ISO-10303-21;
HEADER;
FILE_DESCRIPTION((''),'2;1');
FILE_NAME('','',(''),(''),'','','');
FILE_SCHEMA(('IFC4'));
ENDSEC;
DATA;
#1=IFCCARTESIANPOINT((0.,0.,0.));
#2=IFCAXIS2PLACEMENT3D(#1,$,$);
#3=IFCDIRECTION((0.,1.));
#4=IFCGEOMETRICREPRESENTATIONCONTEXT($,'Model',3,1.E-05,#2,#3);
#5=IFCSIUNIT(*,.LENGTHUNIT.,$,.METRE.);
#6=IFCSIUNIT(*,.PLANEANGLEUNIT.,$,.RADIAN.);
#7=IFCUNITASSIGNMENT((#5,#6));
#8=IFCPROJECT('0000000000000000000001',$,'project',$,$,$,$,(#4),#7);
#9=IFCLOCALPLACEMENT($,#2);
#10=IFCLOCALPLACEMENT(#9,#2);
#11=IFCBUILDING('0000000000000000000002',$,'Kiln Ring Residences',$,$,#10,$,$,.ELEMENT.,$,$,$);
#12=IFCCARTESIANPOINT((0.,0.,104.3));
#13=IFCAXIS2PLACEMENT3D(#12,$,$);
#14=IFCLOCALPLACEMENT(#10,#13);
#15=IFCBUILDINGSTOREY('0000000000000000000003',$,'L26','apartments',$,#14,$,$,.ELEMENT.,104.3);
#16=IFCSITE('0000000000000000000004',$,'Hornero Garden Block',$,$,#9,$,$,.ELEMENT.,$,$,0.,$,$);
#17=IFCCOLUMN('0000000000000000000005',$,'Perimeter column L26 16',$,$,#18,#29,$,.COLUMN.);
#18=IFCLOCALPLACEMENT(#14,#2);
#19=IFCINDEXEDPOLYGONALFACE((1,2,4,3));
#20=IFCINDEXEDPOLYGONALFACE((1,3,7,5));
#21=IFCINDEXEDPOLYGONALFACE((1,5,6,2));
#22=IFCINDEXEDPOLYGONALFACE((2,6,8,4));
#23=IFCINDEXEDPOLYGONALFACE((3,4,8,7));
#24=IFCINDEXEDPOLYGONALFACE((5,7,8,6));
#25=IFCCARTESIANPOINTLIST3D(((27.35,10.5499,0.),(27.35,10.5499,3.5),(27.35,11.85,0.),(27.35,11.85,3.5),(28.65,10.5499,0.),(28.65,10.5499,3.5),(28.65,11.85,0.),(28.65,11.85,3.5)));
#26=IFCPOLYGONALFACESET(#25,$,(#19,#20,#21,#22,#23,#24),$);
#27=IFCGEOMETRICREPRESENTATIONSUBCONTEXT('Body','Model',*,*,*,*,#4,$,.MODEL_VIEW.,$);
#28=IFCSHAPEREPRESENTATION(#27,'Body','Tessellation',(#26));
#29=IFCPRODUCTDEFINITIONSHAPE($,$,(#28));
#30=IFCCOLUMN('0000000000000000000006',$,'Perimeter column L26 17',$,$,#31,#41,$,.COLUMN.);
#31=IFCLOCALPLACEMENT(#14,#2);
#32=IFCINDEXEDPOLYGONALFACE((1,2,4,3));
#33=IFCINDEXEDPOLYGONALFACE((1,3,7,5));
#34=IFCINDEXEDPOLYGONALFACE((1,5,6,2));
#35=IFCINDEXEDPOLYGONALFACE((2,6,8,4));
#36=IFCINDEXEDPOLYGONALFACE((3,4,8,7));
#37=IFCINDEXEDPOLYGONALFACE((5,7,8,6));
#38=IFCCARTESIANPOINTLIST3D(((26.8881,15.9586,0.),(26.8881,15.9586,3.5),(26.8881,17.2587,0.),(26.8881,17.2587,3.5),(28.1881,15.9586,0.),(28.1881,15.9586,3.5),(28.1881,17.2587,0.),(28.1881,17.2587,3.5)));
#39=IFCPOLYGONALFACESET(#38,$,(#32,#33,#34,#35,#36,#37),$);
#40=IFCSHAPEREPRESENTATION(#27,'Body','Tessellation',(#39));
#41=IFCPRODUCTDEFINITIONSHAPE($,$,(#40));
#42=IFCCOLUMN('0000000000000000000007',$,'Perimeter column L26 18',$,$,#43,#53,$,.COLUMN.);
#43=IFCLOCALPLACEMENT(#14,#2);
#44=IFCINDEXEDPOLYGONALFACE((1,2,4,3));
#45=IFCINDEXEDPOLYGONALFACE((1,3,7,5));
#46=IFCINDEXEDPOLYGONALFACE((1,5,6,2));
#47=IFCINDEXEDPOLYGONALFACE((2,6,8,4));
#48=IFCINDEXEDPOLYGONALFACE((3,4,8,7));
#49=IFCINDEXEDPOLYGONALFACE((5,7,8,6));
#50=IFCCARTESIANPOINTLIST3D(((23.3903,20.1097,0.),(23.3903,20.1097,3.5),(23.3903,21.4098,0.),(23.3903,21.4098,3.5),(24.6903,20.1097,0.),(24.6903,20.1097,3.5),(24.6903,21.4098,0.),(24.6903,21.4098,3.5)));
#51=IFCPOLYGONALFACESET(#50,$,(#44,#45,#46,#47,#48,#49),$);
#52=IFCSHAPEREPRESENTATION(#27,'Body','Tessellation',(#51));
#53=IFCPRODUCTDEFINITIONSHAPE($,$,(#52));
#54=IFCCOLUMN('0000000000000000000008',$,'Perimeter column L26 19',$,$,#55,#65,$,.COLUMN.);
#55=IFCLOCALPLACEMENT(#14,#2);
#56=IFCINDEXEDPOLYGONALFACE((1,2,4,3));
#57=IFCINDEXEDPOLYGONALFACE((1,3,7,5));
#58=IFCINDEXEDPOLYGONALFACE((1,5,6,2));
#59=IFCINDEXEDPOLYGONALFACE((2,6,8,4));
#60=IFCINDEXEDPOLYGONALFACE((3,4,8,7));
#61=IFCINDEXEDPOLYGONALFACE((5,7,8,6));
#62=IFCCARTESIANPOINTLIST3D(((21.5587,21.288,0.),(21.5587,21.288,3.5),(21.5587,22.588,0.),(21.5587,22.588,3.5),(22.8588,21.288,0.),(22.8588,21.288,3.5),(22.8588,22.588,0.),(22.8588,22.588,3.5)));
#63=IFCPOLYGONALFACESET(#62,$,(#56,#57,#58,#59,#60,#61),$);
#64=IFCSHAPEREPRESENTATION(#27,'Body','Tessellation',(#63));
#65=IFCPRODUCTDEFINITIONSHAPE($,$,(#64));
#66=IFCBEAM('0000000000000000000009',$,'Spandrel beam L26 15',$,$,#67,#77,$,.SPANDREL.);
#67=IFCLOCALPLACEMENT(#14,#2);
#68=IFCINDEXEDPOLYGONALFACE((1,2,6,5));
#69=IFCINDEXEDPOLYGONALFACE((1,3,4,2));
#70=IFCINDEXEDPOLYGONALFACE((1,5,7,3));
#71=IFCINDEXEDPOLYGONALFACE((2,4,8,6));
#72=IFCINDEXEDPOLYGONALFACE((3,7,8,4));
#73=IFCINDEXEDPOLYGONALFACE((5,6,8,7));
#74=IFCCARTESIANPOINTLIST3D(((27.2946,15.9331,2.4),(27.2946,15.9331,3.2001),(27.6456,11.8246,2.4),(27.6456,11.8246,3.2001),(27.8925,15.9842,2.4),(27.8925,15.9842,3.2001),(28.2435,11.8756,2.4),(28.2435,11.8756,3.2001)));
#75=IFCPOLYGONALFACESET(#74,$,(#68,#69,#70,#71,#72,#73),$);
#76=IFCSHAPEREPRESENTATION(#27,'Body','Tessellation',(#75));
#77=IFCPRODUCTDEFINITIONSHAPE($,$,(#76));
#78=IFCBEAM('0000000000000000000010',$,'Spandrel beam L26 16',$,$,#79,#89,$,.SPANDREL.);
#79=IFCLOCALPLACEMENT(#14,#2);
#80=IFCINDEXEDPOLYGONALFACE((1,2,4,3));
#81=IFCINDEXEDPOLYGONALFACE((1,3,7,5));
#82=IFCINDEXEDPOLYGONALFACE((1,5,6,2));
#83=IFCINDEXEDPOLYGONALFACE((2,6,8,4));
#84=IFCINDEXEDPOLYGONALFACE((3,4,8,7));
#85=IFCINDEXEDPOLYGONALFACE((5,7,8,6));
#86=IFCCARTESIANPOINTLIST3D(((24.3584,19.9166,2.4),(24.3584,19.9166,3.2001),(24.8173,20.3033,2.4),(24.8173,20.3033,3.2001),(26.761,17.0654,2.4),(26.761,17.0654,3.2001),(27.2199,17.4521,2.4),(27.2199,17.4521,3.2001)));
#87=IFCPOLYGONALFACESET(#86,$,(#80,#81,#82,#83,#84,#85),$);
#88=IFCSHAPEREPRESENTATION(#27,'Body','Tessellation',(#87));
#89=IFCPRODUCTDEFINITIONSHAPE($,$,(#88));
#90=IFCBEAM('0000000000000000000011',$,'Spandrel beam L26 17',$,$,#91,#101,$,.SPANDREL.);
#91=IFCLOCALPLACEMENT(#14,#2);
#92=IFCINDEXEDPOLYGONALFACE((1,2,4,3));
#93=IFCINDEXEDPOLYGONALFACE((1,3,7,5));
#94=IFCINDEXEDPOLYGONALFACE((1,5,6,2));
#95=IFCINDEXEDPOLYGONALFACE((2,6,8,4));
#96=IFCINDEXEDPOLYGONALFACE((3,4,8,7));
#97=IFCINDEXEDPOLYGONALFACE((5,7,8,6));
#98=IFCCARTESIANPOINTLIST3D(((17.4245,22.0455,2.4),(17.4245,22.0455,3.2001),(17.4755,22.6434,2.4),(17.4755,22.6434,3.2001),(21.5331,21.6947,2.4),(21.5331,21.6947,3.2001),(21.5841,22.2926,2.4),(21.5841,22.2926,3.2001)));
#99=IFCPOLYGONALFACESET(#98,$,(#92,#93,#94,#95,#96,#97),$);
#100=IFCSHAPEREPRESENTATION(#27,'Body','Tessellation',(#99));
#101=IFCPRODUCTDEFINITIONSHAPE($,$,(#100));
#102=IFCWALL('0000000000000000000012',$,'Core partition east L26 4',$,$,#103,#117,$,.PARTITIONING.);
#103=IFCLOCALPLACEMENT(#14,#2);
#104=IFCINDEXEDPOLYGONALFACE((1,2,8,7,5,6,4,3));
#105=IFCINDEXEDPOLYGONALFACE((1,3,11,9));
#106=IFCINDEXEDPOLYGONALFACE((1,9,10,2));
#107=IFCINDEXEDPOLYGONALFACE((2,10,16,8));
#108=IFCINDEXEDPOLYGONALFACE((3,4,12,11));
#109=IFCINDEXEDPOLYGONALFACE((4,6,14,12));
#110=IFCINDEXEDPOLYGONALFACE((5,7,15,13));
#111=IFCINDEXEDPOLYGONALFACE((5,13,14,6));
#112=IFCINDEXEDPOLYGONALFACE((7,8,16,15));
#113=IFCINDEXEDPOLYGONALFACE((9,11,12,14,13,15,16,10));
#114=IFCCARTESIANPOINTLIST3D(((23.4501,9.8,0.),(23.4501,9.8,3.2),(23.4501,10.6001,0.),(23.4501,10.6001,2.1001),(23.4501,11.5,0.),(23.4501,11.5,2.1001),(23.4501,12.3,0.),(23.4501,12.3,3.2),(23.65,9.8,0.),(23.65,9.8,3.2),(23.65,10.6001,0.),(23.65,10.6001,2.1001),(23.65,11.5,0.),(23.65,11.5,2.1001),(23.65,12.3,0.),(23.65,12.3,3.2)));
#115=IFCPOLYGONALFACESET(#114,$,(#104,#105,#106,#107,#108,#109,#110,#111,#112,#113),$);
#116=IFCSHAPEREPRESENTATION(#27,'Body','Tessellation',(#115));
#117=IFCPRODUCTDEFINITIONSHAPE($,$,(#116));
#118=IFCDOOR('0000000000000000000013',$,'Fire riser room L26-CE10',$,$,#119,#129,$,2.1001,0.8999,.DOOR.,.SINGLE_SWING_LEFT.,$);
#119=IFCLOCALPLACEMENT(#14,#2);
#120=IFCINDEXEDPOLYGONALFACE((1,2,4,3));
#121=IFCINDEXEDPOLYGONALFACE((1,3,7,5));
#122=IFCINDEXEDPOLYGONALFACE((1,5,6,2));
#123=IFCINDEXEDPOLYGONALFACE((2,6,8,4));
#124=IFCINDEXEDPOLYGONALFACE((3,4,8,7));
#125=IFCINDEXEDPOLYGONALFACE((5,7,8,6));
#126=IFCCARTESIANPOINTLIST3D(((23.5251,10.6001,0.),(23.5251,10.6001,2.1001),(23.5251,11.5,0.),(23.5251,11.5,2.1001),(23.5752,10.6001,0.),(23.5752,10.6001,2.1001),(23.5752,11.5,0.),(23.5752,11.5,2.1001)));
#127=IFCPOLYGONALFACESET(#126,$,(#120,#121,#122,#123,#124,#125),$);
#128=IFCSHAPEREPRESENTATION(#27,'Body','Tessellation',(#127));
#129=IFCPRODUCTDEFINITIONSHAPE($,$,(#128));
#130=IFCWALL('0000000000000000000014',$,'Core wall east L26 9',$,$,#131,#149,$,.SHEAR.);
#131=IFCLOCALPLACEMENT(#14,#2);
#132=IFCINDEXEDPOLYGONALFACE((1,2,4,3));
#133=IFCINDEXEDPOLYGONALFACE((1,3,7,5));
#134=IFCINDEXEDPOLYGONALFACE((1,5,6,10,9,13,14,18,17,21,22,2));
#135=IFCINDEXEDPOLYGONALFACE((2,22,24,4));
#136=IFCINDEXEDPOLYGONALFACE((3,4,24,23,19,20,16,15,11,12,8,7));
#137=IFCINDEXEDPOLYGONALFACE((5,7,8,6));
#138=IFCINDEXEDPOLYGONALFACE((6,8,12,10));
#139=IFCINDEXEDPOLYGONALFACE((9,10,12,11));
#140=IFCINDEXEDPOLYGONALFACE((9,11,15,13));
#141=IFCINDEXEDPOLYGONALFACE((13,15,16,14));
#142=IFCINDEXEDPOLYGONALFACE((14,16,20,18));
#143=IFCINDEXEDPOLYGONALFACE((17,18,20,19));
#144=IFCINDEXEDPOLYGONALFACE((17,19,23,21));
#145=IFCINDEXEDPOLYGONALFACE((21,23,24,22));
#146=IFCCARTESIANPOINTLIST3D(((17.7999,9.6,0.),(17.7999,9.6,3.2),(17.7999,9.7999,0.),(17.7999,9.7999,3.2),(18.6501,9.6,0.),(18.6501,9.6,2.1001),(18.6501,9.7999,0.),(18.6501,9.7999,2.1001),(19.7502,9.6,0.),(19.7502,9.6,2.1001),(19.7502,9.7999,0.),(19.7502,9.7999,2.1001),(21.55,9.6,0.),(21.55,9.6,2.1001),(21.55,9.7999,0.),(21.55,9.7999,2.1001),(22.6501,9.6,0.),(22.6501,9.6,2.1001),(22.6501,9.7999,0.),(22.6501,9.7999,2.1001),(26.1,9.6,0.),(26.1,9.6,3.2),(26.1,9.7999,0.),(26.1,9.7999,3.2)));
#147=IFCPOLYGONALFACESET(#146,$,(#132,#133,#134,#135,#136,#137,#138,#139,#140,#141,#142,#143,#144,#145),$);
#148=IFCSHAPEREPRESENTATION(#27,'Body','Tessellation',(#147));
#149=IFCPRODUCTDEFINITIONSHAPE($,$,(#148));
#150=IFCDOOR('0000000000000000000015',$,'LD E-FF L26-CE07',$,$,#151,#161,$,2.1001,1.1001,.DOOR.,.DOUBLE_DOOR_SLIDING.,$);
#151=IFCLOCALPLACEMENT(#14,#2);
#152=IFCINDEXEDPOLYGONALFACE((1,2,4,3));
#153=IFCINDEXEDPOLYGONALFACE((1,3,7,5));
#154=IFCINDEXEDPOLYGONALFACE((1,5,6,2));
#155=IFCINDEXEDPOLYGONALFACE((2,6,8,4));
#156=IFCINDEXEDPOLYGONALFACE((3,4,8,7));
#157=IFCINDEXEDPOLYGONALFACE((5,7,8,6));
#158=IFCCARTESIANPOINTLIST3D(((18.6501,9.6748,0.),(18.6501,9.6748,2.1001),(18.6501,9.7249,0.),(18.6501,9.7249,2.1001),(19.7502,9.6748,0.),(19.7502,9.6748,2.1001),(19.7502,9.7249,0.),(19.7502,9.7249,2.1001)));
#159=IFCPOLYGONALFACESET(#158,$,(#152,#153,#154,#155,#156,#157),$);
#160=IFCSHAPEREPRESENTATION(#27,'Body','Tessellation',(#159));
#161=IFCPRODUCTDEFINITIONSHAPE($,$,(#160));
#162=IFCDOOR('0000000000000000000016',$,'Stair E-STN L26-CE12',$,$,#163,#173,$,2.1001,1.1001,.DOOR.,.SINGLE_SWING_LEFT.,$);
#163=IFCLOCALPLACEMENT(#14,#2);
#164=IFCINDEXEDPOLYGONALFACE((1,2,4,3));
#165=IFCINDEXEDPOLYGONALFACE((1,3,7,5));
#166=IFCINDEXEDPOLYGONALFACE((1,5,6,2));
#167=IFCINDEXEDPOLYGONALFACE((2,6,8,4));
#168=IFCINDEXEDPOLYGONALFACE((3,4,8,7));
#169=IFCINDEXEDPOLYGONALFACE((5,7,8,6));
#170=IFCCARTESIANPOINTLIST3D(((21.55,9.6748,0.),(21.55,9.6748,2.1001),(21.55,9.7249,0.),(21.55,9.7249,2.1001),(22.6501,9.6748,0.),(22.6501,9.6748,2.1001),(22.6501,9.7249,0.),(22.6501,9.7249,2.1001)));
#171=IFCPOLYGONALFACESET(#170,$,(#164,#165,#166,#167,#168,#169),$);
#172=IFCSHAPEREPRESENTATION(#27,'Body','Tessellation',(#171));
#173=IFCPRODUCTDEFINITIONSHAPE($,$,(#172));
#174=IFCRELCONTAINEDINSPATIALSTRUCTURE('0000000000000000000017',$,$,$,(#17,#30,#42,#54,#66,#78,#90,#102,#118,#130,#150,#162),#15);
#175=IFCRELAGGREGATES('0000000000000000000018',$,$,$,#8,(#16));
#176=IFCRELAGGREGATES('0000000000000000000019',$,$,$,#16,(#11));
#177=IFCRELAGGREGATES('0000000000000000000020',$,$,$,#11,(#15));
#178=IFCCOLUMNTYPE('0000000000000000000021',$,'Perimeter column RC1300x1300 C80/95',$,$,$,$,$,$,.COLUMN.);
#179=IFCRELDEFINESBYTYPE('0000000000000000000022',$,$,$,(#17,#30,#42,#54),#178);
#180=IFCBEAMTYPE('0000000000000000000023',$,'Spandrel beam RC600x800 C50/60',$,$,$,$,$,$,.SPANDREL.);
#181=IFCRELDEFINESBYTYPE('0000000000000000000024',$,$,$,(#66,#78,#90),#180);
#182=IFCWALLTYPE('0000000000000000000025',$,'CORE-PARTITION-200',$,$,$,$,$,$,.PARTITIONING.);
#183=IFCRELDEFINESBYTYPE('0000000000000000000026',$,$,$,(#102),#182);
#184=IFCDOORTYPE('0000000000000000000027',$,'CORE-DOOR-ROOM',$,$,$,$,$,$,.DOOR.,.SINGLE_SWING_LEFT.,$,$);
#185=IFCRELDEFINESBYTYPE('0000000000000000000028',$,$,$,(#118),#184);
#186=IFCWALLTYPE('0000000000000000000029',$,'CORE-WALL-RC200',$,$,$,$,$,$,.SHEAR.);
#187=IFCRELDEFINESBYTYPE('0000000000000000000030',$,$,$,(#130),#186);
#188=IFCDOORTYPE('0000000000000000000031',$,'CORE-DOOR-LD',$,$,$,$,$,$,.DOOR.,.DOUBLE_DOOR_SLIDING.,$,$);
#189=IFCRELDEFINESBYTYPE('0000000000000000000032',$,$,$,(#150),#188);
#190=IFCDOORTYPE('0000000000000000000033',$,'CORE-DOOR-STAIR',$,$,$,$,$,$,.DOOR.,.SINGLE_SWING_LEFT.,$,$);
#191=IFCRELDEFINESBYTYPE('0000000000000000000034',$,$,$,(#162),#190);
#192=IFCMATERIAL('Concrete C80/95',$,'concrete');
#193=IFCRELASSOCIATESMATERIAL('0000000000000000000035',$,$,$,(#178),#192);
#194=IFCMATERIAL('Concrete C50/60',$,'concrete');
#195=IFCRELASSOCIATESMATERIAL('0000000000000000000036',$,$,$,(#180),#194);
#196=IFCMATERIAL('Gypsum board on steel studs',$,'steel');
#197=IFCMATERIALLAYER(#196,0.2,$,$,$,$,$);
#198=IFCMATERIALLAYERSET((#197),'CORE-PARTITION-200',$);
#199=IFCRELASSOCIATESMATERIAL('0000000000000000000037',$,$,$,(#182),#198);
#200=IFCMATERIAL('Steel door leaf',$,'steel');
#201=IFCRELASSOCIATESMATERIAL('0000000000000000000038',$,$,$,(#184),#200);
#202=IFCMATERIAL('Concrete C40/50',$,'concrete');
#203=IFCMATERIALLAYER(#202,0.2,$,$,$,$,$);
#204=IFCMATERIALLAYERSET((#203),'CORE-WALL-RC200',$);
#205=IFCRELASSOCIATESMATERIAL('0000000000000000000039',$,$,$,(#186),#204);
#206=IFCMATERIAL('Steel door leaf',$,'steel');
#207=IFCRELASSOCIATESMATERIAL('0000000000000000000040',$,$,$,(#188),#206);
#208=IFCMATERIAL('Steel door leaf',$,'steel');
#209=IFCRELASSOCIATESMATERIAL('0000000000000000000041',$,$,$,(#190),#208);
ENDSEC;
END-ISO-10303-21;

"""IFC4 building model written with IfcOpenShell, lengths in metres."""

from ifc_helpers import new_model, si_unit, direction, frame, frame_2d, origin, origin_2d, place, context, subcontext, project, spatial, rectangle, extrude, material, layer, layer_set, material_profile, profile_set, type_object, element, fill, save


model = new_model("IFC4")

# Units and contexts
model_context = context("Model", 3, precision=1e-05, world=origin(), true_north=direction((0.0, 1.0)))
body_context = subcontext(model_context, "Body", "Model", "MODEL_VIEW")
ifc_project = project(units=[si_unit("LENGTHUNIT", "METRE"), si_unit("PLANEANGLEUNIT", "RADIAN")], contexts=[model_context])

# Site, building, storey
site_placement = place(None, origin())
site = spatial("IfcSite", under=ifc_project, at=site_placement, Name="Hornero Garden Block", CompositionType="ELEMENT", RefElevation=0.0)
building_placement = place(site_placement, origin())
building = spatial("IfcBuilding", under=site, at=building_placement, Name="Kiln Ring Residences", CompositionType="ELEMENT")
storey_placement = place(building_placement, frame((0.0, 0.0, 104.3)))
storey = spatial("IfcBuildingStorey", under=building, at=storey_placement, Name="L26", Description="apartments", CompositionType="ELEMENT", Elevation=104.3)

# Columns
ifc_material_1 = material(Name="Concrete C80/95", Category="concrete")
ifc_material_profile_1 = material_profile(ifc_material_1, rectangle(XDim=1.3, YDim=1.3, at=origin_2d()), Name="RC1300x1300")
ifc_profile_set_1 = profile_set([ifc_material_profile_1], Name="Concrete C80/95")
column_type = type_object("IfcColumnType", Name="Perimeter column RC1300x1300 C80/95", PredefinedType="COLUMN", material=ifc_profile_set_1)
for number, where, z_axis, x_axis, name in (
    (1, (28.0, 11.2, 0.0), (0.0, 0.0, 1.0), (1.0, 0.0, 0.0), "Perimeter column L26 16"),
    (2, (27.5381, 16.6086, 0.0), (0.0, 0.0, 1.0), (1.0, 0.0, 0.0), "Perimeter column L26 17"),
    (3, (24.0403, 20.7598, 0.0), (0.0, 0.0, 1.0), (1.0, 0.0, 0.0), "Perimeter column L26 18"),
    (4, (22.2087, 21.938, 0.0), (0.0, 0.0, 1.0), (1.0, 0.0, 0.0), "Perimeter column L26 19"),
):
    element("IfcColumn", number, at=place(storey_placement, frame(where, z_axis=z_axis, x_axis=x_axis)), inside=storey, type_object=column_type, Name=name, PredefinedType="COLUMN", context=body_context, shape_type="SweptSolid", body=[
        extrude(rectangle(XDim=1.3, YDim=1.3, at=origin_2d()), origin(), (0.0, 0.0, 1.0), 3.5),
    ])

# Beams
ifc_material_2 = material(Name="Concrete C50/60", Category="concrete")
ifc_material_profile_2 = material_profile(ifc_material_2, rectangle(XDim=0.6001, YDim=0.8, at=origin_2d()), Name="RC600x800")
ifc_profile_set_2 = profile_set([ifc_material_profile_2], Name="Concrete C50/60")
beam_type = type_object("IfcBeamType", Name="Spandrel beam RC600x800 C50/60", PredefinedType="SPANDREL", material=ifc_profile_set_2)
beam_1_placement = place(storey_placement, frame((27.9446, 11.8501, 2.8), z_axis=(-0.085137, 0.996369, 0.0), x_axis=(-0.996369, -0.085137, 0.0)))
element("IfcBeam", 5, at=beam_1_placement, inside=storey, type_object=beam_type, Name="Spandrel beam L26 15", PredefinedType="SPANDREL", context=body_context, shape_type="SweptSolid", body=[
    extrude(rectangle(XDim=0.6001, YDim=0.8, at=origin_2d()), origin(), (0.0, 0.0, 1.0), 4.1235),
])
beam_2_placement = place(storey_placement, frame((26.9905, 17.2588, 2.8), z_axis=(-0.6444, 0.764689, 0.0), x_axis=(-0.764689, -0.6444, 0.0)))
element("IfcBeam", 6, at=beam_2_placement, inside=storey, type_object=beam_type, Name="Spandrel beam L26 16", PredefinedType="SPANDREL", context=body_context, shape_type="SweptSolid", body=[
    extrude(rectangle(XDim=0.6001, YDim=0.8, at=origin_2d()), origin(), (0.0, 0.0, 1.0), 3.7285),
])
beam_3_placement = place(storey_placement, frame((21.5586, 21.9937, 2.8), z_axis=(-0.996374, 0.085079, 0.0), x_axis=(-0.085079, -0.996374, 0.0)))
element("IfcBeam", 7, at=beam_3_placement, inside=storey, type_object=beam_type, Name="Spandrel beam L26 17", PredefinedType="SPANDREL", context=body_context, shape_type="SweptSolid", body=[
    extrude(rectangle(XDim=0.6001, YDim=0.8, at=origin_2d()), origin(), (0.0, 0.0, 1.0), 4.1235),
])

# Wall, opening, door
ifc_material_3 = material(Name="Gypsum board on steel studs", Category="steel")
ifc_layer_1 = layer(ifc_material_3, 0.2)
ifc_layer_set_1 = layer_set([ifc_layer_1], Name="CORE-PARTITION-200")
wall_type_1 = type_object("IfcWallType", Name="CORE-PARTITION-200", PredefinedType="PARTITIONING", material=ifc_layer_set_1)
wall_1_placement = place(storey_placement, frame((23.55, 9.8, 0.0), z_axis=(0.0, 0.0, 1.0), x_axis=(0.0, 1.0, 0.0)))
wall_1 = element("IfcWall", 8, at=wall_1_placement, inside=storey, type_object=wall_type_1, Name="Core partition east L26 4", PredefinedType="PARTITIONING", context=body_context, shape_type="SweptSolid", body=[
    extrude(rectangle(XDim=2.5, YDim=0.2, at=frame_2d((1.25, 0.0))), origin(), (0.0, 0.0, 1.0), 3.2),
])
opening_1_placement = place(wall_1_placement, frame((0.8, 0.0, 0.0)))
opening_1 = element("IfcOpeningElement", 9, at=opening_1_placement, cuts=wall_1, PredefinedType="OPENING", context=body_context, shape_type="SweptSolid", body=[
    extrude(rectangle(XDim=0.8999, YDim=2.1001, at=frame_2d((0.45, 1.05))), frame((0.0, 0.1099, 0.0), z_axis=(0.0, -1.0, 0.0), x_axis=(1.0, 0.0, 0.0)), (0.0, 0.0, 1.0), 0.22),
])
ifc_material_4 = material(Name="Steel door leaf", Category="steel")
door_type_1 = type_object("IfcDoorType", Name="CORE-DOOR-ROOM", OperationType="SINGLE_SWING_LEFT", PredefinedType="DOOR", material=ifc_material_4)
door_1_placement = place(opening_1_placement, origin())
door_1 = element("IfcDoor", 10, at=door_1_placement, inside=storey, type_object=door_type_1, Name="Fire riser room L26-CE10", OperationType="SINGLE_SWING_LEFT", OverallHeight=2.1001, OverallWidth=0.8999, PredefinedType="DOOR", context=body_context, shape_type="SweptSolid", body=[
    extrude(rectangle(XDim=0.8999, YDim=2.1001, at=frame_2d((0.45, 1.05))), frame((0.0, 0.0249, 0.0), z_axis=(0.0, -1.0, 0.0), x_axis=(1.0, 0.0, 0.0)), (0.0, 0.0, 1.0), 0.05),
])
fill(opening_1, door_1)

# Wall, openings, doors
ifc_material_5 = material(Name="Concrete C40/50", Category="concrete")
ifc_layer_2 = layer(ifc_material_5, 0.2)
ifc_layer_set_2 = layer_set([ifc_layer_2], Name="CORE-WALL-RC200")
wall_type_2 = type_object("IfcWallType", Name="CORE-WALL-RC200", PredefinedType="SHEAR", material=ifc_layer_set_2)
wall_2_placement = place(storey_placement, frame((17.8, 9.7, 0.0), z_axis=(0.0, 0.0, 1.0), x_axis=(1.0, 0.0, 0.0)))
wall_2 = element("IfcWall", 11, at=wall_2_placement, inside=storey, type_object=wall_type_2, Name="Core wall east L26 9", PredefinedType="SHEAR", context=body_context, shape_type="SweptSolid", body=[
    extrude(rectangle(XDim=8.3, YDim=0.2, at=frame_2d((4.1499, 0.0))), origin(), (0.0, 0.0, 1.0), 3.2),
])
opening_2_placement = place(wall_2_placement, frame((0.8501, 0.0, 0.0)))
opening_2 = element("IfcOpeningElement", 12, at=opening_2_placement, cuts=wall_2, PredefinedType="OPENING", context=body_context, shape_type="SweptSolid", body=[
    extrude(rectangle(XDim=1.1001, YDim=2.1001, at=frame_2d((0.55, 1.05))), frame((0.0, 0.1099, 0.0), z_axis=(0.0, -1.0, 0.0), x_axis=(1.0, 0.0, 0.0)), (0.0, 0.0, 1.0), 0.22),
])
opening_3_placement = place(wall_2_placement, frame((3.75, 0.0, 0.0)))
opening_3 = element("IfcOpeningElement", 13, at=opening_3_placement, cuts=wall_2, PredefinedType="OPENING", context=body_context, shape_type="SweptSolid", body=[
    extrude(rectangle(XDim=1.1001, YDim=2.1001, at=frame_2d((0.55, 1.05))), frame((0.0, 0.1099, 0.0), z_axis=(0.0, -1.0, 0.0), x_axis=(1.0, 0.0, 0.0)), (0.0, 0.0, 1.0), 0.22),
])
ifc_material_6 = material(Name="Steel door leaf", Category="steel")
door_type_2 = type_object("IfcDoorType", Name="CORE-DOOR-LD", OperationType="DOUBLE_DOOR_SLIDING", PredefinedType="DOOR", material=ifc_material_6)
door_2_placement = place(opening_2_placement, origin())
door_2 = element("IfcDoor", 14, at=door_2_placement, inside=storey, type_object=door_type_2, Name="LD E-FF L26-CE07", OperationType="DOUBLE_DOOR_SLIDING", OverallHeight=2.1001, OverallWidth=1.1001, PredefinedType="DOOR", context=body_context, shape_type="SweptSolid", body=[
    extrude(rectangle(XDim=1.1001, YDim=2.1001, at=frame_2d((0.55, 1.05))), frame((0.0, 0.0249, 0.0), z_axis=(0.0, -1.0, 0.0), x_axis=(1.0, 0.0, 0.0)), (0.0, 0.0, 1.0), 0.05),
])
fill(opening_2, door_2)
ifc_material_7 = material(Name="Steel door leaf", Category="steel")
door_type_3 = type_object("IfcDoorType", Name="CORE-DOOR-STAIR", OperationType="SINGLE_SWING_LEFT", PredefinedType="DOOR", material=ifc_material_7)
door_3_placement = place(opening_3_placement, origin())
door_3 = element("IfcDoor", 15, at=door_3_placement, inside=storey, type_object=door_type_3, Name="Stair E-STN L26-CE12", OperationType="SINGLE_SWING_LEFT", OverallHeight=2.1001, OverallWidth=1.1001, PredefinedType="DOOR", context=body_context, shape_type="SweptSolid", body=[
    extrude(rectangle(XDim=1.1001, YDim=2.1001, at=frame_2d((0.55, 1.05))), frame((0.0, 0.0249, 0.0), z_axis=(0.0, -1.0, 0.0), x_axis=(1.0, 0.0, 0.0)), (0.0, 0.0, 1.0), 0.05),
])
fill(opening_3, door_3)

save(model, "model.ifc")
